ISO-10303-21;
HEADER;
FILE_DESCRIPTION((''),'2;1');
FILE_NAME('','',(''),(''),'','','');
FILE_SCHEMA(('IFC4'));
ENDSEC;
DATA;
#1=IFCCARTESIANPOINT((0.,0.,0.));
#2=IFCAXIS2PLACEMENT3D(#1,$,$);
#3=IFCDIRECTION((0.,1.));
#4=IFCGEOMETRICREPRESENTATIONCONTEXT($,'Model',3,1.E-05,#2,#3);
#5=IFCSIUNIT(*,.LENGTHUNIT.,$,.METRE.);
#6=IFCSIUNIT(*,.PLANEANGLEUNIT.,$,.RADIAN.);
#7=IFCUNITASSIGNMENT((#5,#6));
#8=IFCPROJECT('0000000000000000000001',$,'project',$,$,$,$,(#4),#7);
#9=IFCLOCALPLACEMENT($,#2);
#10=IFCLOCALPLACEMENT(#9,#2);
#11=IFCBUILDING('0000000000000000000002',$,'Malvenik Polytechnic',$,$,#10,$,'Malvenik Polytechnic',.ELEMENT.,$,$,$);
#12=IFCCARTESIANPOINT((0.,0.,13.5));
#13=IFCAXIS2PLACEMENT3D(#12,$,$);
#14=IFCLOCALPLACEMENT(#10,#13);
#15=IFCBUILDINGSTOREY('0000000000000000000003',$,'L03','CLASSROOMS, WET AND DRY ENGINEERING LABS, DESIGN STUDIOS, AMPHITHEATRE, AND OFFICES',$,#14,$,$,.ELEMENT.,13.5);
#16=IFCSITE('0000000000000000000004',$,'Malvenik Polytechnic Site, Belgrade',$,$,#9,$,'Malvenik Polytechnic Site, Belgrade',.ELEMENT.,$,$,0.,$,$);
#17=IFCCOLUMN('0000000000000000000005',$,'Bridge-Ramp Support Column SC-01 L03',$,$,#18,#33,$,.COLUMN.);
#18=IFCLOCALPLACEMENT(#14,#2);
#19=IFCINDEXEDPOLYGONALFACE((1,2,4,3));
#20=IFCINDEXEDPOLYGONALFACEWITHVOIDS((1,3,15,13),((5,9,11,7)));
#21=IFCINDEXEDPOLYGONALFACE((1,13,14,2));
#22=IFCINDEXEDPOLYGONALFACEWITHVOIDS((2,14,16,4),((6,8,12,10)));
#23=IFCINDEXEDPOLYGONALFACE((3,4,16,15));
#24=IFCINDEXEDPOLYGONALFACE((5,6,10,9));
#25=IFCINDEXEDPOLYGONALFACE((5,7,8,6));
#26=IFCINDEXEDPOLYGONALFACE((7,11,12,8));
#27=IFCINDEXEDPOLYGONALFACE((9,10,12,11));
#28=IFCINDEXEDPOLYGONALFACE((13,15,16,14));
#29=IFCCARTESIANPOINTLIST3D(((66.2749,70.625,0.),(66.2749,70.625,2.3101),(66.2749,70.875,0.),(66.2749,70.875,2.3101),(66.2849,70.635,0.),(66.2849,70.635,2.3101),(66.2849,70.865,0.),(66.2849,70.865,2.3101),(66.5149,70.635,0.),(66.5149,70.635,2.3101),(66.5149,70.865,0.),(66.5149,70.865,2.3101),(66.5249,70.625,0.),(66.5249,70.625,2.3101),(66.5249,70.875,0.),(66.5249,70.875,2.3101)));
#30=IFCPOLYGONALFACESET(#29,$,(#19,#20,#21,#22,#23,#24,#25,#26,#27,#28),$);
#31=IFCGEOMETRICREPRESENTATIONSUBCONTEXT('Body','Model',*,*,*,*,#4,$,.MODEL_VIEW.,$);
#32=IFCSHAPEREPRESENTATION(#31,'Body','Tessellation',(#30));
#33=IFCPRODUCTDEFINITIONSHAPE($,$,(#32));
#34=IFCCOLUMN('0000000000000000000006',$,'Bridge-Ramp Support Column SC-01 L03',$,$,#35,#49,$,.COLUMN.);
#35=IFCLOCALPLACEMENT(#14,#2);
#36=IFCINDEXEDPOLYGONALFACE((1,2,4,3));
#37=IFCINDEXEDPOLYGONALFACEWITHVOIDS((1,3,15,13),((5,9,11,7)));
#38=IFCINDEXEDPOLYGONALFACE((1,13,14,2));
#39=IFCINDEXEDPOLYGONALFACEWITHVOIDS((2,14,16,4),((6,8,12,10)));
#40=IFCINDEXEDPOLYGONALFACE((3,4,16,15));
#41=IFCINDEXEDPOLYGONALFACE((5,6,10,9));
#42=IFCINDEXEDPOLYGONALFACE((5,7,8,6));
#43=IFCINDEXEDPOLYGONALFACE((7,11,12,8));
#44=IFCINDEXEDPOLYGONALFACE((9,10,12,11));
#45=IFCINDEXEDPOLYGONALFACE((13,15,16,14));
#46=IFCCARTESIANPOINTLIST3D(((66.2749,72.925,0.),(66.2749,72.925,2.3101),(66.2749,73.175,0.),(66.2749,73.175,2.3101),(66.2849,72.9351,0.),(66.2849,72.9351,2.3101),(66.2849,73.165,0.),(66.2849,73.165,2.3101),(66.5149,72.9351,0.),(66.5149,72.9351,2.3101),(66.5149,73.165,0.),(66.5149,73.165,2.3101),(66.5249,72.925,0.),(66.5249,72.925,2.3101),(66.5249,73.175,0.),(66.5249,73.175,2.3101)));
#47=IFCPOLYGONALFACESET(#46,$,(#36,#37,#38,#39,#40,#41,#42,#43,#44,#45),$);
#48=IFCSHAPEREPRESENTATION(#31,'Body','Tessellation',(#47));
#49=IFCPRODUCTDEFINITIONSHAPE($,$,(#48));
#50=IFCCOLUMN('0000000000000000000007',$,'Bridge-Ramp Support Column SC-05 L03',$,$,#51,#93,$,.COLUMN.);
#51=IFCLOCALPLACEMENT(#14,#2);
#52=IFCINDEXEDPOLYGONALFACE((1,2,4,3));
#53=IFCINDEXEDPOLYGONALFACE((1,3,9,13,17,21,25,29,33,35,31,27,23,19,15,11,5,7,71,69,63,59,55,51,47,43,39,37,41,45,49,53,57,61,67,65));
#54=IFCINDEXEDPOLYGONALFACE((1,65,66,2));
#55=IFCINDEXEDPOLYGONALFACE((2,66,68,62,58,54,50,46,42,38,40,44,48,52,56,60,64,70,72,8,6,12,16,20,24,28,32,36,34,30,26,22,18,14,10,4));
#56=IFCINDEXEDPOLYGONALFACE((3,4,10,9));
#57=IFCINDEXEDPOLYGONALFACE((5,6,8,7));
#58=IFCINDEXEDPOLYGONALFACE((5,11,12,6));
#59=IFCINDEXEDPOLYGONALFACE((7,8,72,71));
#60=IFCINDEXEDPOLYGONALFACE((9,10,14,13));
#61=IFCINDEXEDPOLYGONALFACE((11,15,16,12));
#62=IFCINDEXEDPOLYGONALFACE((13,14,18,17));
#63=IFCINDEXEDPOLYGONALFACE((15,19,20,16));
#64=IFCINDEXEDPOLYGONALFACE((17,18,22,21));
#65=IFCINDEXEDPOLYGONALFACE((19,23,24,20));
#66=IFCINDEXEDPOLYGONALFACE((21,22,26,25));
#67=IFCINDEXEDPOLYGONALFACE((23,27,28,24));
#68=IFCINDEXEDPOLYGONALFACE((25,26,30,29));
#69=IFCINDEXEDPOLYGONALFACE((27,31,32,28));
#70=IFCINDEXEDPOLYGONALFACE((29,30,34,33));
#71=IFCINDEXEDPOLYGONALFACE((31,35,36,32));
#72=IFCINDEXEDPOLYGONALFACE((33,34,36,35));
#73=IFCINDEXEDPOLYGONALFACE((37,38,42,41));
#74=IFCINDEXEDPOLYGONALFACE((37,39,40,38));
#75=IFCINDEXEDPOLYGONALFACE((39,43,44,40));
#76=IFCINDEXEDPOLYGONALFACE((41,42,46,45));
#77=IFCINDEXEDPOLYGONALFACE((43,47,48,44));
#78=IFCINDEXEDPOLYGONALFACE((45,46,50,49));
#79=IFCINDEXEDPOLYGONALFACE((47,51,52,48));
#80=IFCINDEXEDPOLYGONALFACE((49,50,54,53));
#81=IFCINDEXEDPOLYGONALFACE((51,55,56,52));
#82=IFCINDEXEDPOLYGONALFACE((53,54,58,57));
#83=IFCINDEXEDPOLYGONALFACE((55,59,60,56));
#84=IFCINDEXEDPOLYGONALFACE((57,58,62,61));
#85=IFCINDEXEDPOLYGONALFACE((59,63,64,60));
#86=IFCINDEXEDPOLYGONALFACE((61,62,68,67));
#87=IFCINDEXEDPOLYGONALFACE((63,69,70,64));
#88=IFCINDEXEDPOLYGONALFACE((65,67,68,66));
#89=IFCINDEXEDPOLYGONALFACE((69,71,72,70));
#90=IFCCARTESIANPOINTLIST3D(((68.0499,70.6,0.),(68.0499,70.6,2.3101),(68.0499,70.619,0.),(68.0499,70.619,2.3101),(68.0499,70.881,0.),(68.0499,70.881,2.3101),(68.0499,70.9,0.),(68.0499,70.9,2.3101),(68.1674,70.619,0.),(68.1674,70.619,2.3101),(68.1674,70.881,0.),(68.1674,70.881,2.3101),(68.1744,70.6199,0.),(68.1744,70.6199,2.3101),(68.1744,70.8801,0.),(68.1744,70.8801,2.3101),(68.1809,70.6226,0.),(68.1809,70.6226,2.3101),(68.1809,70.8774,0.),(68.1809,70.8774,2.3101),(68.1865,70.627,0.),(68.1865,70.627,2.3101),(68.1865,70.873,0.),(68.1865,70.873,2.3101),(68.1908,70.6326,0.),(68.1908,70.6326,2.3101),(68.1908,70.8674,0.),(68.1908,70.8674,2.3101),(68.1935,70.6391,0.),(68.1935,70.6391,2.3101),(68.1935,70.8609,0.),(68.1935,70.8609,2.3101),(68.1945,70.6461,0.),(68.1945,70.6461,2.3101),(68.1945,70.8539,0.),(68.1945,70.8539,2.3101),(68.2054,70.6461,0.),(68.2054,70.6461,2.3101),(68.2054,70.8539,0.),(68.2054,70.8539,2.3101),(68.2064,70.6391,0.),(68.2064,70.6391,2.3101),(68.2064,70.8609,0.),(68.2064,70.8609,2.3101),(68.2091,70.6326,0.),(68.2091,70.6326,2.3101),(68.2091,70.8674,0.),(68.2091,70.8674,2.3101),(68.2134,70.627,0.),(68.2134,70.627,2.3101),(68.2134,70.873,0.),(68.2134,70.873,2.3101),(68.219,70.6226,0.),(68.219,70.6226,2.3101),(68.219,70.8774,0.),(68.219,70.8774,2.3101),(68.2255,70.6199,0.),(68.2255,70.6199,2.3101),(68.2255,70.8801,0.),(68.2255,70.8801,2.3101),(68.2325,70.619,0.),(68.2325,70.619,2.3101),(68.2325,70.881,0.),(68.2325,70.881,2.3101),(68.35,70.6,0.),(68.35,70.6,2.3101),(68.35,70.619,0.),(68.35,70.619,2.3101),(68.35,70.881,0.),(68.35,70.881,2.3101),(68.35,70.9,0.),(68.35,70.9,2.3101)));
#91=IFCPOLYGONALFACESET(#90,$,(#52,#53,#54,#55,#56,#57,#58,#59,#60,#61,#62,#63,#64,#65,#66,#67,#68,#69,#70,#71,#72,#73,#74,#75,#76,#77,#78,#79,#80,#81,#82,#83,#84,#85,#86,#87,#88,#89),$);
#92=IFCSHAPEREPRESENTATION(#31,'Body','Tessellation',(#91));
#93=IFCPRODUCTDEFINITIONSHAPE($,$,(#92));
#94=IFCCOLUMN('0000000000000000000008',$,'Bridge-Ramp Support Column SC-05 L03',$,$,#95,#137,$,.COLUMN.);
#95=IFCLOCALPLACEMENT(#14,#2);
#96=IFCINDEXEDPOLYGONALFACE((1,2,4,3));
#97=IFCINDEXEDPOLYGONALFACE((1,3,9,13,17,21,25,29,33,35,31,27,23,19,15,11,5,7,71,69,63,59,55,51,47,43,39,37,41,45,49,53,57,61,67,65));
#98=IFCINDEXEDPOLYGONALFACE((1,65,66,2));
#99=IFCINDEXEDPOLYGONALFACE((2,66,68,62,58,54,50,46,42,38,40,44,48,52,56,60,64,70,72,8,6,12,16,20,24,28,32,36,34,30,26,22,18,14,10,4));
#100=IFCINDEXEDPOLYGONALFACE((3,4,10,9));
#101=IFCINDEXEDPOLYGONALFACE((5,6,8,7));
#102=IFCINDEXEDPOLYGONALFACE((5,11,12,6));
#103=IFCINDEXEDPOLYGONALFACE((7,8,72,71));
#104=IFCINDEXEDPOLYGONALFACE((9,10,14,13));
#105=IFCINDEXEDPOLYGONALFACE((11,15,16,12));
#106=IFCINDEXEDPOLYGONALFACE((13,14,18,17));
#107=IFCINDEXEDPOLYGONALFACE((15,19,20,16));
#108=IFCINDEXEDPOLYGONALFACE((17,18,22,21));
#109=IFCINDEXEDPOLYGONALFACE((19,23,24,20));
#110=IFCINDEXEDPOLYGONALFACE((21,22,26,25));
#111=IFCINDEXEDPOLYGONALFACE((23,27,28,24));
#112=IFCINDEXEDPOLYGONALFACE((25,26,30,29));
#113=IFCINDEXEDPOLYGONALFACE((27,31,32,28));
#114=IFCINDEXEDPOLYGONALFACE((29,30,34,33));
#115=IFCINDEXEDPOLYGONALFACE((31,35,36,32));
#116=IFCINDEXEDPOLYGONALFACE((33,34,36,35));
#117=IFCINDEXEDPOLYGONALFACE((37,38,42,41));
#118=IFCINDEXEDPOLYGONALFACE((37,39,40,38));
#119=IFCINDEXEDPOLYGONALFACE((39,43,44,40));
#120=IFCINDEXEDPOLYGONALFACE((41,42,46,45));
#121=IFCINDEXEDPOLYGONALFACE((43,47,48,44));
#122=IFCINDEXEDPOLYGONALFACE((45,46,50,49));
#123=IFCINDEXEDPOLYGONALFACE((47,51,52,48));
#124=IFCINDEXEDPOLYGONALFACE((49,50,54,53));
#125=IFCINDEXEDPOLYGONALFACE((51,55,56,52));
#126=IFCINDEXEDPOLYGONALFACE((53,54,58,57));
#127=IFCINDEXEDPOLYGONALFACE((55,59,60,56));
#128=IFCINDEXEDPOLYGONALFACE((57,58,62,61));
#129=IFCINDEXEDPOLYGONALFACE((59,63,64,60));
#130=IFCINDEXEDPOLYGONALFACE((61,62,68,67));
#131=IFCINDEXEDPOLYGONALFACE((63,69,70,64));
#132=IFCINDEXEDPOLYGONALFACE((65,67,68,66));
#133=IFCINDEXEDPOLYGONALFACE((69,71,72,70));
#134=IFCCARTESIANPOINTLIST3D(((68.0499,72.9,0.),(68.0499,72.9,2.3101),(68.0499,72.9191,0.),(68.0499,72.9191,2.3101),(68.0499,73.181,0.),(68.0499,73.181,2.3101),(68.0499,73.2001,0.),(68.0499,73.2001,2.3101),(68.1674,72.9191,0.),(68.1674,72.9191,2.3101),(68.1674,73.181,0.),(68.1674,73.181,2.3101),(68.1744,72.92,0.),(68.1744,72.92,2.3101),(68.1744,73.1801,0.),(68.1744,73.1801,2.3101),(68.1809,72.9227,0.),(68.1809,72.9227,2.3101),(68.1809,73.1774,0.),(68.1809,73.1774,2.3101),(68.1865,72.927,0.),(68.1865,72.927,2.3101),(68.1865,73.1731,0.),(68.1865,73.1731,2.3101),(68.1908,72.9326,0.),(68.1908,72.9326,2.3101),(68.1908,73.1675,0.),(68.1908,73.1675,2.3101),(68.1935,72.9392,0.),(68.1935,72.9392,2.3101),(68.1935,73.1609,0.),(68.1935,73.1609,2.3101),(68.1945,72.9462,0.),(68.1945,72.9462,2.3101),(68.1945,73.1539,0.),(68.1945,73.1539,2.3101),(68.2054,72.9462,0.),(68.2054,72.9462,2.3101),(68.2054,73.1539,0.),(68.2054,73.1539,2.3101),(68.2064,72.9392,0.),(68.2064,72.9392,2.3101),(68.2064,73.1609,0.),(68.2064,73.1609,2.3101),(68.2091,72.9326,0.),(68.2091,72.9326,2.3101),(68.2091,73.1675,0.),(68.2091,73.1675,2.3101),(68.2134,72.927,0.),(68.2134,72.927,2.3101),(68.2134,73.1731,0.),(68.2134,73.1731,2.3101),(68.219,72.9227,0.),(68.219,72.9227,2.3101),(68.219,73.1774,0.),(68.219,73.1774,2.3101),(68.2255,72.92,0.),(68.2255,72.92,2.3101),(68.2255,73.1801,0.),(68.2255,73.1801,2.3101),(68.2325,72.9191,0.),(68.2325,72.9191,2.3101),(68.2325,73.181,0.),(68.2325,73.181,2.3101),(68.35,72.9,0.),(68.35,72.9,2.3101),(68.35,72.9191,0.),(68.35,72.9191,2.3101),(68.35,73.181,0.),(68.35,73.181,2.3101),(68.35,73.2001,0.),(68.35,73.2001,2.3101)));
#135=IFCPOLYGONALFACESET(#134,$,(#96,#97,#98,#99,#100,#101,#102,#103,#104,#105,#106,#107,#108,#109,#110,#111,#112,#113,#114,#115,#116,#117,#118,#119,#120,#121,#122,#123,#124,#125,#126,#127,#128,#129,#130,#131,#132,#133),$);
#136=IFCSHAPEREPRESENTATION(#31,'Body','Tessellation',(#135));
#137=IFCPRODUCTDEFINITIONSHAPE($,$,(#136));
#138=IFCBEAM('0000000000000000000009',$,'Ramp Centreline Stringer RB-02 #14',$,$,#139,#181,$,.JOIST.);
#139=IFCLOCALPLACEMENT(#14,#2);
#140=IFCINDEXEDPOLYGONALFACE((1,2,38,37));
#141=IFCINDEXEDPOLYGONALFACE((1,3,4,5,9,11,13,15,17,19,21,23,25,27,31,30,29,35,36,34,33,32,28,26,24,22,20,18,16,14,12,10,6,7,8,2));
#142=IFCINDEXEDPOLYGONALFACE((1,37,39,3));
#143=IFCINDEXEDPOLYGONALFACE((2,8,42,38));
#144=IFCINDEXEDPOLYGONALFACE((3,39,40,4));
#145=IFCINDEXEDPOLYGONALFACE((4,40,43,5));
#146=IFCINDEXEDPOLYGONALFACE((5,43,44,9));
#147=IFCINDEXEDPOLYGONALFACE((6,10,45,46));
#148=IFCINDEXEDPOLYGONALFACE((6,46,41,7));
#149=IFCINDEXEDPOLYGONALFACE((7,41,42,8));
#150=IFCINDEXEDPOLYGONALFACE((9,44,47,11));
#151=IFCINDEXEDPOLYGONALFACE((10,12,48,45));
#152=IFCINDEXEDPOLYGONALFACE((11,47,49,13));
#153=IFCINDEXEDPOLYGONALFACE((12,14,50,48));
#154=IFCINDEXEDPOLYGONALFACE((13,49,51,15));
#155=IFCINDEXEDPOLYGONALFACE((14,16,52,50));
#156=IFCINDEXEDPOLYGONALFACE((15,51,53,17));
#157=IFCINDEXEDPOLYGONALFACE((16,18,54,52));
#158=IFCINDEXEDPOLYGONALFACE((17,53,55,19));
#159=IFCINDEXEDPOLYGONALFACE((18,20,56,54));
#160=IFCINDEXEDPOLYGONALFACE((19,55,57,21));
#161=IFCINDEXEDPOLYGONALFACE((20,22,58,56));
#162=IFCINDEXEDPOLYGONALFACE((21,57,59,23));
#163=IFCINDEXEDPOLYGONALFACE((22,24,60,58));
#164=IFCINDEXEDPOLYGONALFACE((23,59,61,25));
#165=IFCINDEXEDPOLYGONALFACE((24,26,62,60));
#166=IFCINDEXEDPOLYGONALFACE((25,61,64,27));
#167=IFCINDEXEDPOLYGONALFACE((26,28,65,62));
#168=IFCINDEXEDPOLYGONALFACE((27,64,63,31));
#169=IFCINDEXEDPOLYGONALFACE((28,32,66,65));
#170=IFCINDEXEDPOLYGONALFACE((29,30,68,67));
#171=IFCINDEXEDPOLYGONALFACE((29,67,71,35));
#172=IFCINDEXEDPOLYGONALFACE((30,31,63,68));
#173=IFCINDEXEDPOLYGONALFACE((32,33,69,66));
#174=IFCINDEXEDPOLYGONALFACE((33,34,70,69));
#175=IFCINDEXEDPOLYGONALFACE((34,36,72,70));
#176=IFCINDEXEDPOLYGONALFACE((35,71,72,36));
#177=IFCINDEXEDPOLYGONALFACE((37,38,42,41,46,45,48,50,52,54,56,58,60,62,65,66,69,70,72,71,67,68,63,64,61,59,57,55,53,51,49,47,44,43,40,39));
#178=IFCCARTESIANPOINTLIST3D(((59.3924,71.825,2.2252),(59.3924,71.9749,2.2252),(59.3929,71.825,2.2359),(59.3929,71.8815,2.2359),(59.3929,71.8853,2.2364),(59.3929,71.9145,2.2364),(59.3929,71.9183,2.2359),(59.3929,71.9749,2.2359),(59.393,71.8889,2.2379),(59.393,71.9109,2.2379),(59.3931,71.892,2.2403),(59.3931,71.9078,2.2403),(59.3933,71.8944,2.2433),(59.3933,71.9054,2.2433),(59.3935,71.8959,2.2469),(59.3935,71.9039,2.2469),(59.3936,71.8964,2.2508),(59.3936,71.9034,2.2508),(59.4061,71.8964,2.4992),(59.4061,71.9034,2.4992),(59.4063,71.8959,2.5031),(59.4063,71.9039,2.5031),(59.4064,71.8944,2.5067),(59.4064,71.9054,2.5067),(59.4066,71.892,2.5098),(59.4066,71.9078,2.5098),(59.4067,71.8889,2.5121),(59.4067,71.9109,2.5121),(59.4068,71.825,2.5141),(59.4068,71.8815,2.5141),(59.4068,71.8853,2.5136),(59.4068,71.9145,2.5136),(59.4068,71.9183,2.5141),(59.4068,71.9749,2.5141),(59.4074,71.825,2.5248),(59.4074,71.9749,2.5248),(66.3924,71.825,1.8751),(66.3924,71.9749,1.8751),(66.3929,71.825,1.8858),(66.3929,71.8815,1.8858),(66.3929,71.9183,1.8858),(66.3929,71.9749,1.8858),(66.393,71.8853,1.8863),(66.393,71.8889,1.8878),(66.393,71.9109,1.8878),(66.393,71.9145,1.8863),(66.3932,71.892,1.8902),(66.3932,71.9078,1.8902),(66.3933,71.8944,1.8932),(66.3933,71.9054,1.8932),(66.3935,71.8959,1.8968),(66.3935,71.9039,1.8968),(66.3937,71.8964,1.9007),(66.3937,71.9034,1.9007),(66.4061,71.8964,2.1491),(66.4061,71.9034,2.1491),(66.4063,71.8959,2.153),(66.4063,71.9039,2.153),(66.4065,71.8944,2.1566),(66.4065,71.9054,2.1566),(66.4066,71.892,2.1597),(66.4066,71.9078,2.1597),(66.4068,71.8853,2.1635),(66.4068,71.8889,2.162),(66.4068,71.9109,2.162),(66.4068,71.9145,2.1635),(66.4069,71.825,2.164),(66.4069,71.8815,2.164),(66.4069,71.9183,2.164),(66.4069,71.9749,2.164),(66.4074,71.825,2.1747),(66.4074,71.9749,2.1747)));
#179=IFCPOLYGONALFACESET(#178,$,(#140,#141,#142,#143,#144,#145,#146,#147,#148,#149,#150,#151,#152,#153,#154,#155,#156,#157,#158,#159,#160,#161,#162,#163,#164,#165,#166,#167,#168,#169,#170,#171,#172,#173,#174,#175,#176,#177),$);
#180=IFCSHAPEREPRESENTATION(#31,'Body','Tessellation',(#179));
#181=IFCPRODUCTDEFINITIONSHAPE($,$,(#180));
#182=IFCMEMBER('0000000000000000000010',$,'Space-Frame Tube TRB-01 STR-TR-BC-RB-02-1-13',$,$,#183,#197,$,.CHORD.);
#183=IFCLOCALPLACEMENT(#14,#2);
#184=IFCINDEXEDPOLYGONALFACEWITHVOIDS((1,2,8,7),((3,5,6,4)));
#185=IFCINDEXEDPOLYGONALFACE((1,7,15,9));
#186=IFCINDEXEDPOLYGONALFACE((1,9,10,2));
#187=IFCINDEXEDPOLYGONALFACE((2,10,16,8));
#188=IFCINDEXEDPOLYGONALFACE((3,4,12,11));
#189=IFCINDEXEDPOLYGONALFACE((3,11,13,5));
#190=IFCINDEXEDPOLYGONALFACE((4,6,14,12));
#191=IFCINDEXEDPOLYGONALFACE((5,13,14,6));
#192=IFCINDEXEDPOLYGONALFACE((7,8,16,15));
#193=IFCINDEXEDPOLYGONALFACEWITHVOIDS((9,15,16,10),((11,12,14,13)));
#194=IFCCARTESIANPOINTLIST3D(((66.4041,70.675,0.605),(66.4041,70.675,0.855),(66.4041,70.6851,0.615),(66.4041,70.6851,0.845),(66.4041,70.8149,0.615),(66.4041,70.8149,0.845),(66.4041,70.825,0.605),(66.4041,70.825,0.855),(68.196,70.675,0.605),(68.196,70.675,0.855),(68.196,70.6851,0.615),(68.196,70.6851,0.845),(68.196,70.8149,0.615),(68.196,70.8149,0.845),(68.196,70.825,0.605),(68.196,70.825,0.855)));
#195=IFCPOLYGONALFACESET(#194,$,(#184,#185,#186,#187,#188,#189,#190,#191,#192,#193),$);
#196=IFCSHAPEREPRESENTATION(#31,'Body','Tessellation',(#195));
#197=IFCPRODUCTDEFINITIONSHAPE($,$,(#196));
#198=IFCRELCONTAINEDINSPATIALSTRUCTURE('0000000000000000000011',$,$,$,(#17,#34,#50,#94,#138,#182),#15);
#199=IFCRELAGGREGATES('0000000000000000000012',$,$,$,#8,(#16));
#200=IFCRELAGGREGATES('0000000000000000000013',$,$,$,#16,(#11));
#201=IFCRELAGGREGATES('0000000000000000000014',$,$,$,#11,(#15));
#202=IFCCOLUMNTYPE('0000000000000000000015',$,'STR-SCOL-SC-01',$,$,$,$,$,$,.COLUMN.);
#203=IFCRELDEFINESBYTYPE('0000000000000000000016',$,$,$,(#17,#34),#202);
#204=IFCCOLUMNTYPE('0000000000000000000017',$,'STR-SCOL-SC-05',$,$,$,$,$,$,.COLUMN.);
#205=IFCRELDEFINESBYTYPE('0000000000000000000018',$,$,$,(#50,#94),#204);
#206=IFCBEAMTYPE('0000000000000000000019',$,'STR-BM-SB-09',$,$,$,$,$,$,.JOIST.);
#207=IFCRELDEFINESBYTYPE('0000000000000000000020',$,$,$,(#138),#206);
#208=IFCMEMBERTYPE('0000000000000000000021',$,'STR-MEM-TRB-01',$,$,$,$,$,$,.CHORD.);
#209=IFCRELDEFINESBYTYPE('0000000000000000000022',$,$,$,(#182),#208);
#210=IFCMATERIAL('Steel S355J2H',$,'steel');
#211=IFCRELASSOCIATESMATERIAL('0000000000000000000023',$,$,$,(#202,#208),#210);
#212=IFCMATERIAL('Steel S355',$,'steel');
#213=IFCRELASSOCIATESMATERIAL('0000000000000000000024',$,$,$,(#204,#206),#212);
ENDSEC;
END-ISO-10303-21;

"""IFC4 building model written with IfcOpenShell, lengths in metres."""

from ifc_helpers import new_model, si_unit, direction, frame, origin, origin_2d, place, context, subcontext, project, spatial, hollow_rectangle, i_section, extrude, material, material_profile, profile_set, type_object, element, save


model = new_model("IFC4")

# Units and contexts
model_context = context("Model", 3, precision=1e-05, world=origin(), true_north=direction((0.0, 1.0)))
body_context = subcontext(model_context, "Body", "Model", "MODEL_VIEW")
ifc_project = project(units=[si_unit("LENGTHUNIT", "METRE"), si_unit("PLANEANGLEUNIT", "RADIAN")], contexts=[model_context])

# Site, building, storey
site_placement = place(None, origin())
site = spatial("IfcSite", under=ifc_project, at=site_placement, Name="Malvenik Polytechnic Site, Belgrade", LongName="Malvenik Polytechnic Site, Belgrade", CompositionType="ELEMENT", RefElevation=0.0)
building_placement = place(site_placement, origin())
building = spatial("IfcBuilding", under=site, at=building_placement, Name="Malvenik Polytechnic", LongName="Malvenik Polytechnic", CompositionType="ELEMENT")
storey_placement = place(building_placement, frame((0.0, 0.0, 13.5)))
storey = spatial("IfcBuildingStorey", under=building, at=storey_placement, Name="L03", Description="CLASSROOMS, WET AND DRY ENGINEERING LABS, DESIGN STUDIOS, AMPHITHEATRE, AND OFFICES", CompositionType="ELEMENT", Elevation=13.5)

# Columns
ifc_material_1 = material(Name="Steel S355J2H", Category="steel")
ifc_material_profile_1 = material_profile(ifc_material_1, hollow_rectangle(XDim=0.25, YDim=0.25, WallThickness=0.01, at=origin_2d()), Name="SHS 250x250x10.0")
ifc_profile_set_1 = profile_set([ifc_material_profile_1], Name="Steel S355J2H")
column_type_1 = type_object("IfcColumnType", Name="STR-SCOL-SC-01", PredefinedType="COLUMN", material=ifc_profile_set_1)
for number, where, z_axis, x_axis, name in (
    (1, (66.3999, 70.75, 0.0), (0.0, 0.0, 1.0), (1.0, 0.0, 0.0), "Bridge-Ramp Support Column SC-01 L03"),
    (2, (66.3999, 73.05, 0.0), (0.0, 0.0, 1.0), (1.0, 0.0, 0.0), "Bridge-Ramp Support Column SC-01 L03"),
):
    element("IfcColumn", number, at=place(storey_placement, frame(where, z_axis=z_axis, x_axis=x_axis)), inside=storey, type_object=column_type_1, Name=name, PredefinedType="COLUMN", context=body_context, shape_type="SweptSolid", body=[
        extrude(hollow_rectangle(XDim=0.25, YDim=0.25, WallThickness=0.01, at=origin_2d()), origin(), (0.0, 0.0, 1.0), 2.3101),
    ])
ifc_material_2 = material(Name="Steel S355", Category="steel")
ifc_material_profile_2 = material_profile(ifc_material_2, i_section(OverallWidth=0.3, OverallDepth=0.3, WebThickness=0.011, FlangeThickness=0.019, FilletRadius=0.0271, at=origin_2d()), Name="HEB 300")
ifc_profile_set_2 = profile_set([ifc_material_profile_2], Name="Steel S355")
column_type_2 = type_object("IfcColumnType", Name="STR-SCOL-SC-05", PredefinedType="COLUMN", material=ifc_profile_set_2)
for number, where, z_axis, x_axis, name in (
    (3, (68.2, 70.75, 0.0), (0.0, 0.0, 1.0), (1.0, 0.0, 0.0), "Bridge-Ramp Support Column SC-05 L03"),
    (4, (68.2, 73.05, 0.0), (0.0, 0.0, 1.0), (1.0, 0.0, 0.0), "Bridge-Ramp Support Column SC-05 L03"),
):
    element("IfcColumn", number, at=place(storey_placement, frame(where, z_axis=z_axis, x_axis=x_axis)), inside=storey, type_object=column_type_2, Name=name, PredefinedType="COLUMN", context=body_context, shape_type="SweptSolid", body=[
        extrude(i_section(OverallWidth=0.3, OverallDepth=0.3, WebThickness=0.011, FlangeThickness=0.019, FilletRadius=0.0271, at=origin_2d()), origin(), (0.0, 0.0, 1.0), 2.3101),
    ])

# Beam
ifc_material_profile_3 = material_profile(ifc_material_2, i_section(OverallWidth=0.1499, OverallDepth=0.3, WebThickness=0.0071, FlangeThickness=0.0107, FilletRadius=0.0149, at=origin_2d()), Name="IPE 300")
ifc_profile_set_3 = profile_set([ifc_material_profile_3], Name="Steel S355")
beam_type = type_object("IfcBeamType", Name="STR-BM-SB-09", PredefinedType="JOIST", material=ifc_profile_set_3)
beam_placement = place(storey_placement, frame((66.3999, 71.8999, 2.0249), z_axis=(-0.998752, 0.0, 0.049952), x_axis=(0.0, -1.0, 0.0)))
element("IfcBeam", 5, at=beam_placement, inside=storey, type_object=beam_type, Name="Ramp Centreline Stringer RB-02 #14", PredefinedType="JOIST", context=body_context, shape_type="SweptSolid", body=[
    extrude(i_section(OverallWidth=0.1499, OverallDepth=0.3, WebThickness=0.0071, FlangeThickness=0.0107, FilletRadius=0.0149, at=origin_2d()), origin(), (0.0, 0.0, 1.0), 7.0088),
])

# Member
ifc_material_profile_4 = material_profile(ifc_material_1, hollow_rectangle(XDim=0.1499, YDim=0.25, WallThickness=0.01, at=origin_2d()), Name="RHS 250x150x10.0")
ifc_profile_set_4 = profile_set([ifc_material_profile_4], Name="Steel S355J2H")
member_type_1 = type_object("IfcMemberType", Name="STR-MEM-TRB-01", PredefinedType="CHORD", material=ifc_profile_set_4)
member_1_placement = place(storey_placement, frame((68.196, 70.75, 0.73), z_axis=(-1.0, 0.0, 0.0), x_axis=(0.0, -1.0, 0.0)))
element("IfcMember", 6, at=member_1_placement, inside=storey, type_object=member_type_1, Name="Space-Frame Tube TRB-01 STR-TR-BC-RB-02-1-13", PredefinedType="CHORD", context=body_context, shape_type="SweptSolid", body=[
    extrude(hollow_rectangle(XDim=0.1499, YDim=0.25, WallThickness=0.01, at=origin_2d()), origin(), (0.0, 0.0, 1.0), 1.792),
])

save(model, "model.ifc")
